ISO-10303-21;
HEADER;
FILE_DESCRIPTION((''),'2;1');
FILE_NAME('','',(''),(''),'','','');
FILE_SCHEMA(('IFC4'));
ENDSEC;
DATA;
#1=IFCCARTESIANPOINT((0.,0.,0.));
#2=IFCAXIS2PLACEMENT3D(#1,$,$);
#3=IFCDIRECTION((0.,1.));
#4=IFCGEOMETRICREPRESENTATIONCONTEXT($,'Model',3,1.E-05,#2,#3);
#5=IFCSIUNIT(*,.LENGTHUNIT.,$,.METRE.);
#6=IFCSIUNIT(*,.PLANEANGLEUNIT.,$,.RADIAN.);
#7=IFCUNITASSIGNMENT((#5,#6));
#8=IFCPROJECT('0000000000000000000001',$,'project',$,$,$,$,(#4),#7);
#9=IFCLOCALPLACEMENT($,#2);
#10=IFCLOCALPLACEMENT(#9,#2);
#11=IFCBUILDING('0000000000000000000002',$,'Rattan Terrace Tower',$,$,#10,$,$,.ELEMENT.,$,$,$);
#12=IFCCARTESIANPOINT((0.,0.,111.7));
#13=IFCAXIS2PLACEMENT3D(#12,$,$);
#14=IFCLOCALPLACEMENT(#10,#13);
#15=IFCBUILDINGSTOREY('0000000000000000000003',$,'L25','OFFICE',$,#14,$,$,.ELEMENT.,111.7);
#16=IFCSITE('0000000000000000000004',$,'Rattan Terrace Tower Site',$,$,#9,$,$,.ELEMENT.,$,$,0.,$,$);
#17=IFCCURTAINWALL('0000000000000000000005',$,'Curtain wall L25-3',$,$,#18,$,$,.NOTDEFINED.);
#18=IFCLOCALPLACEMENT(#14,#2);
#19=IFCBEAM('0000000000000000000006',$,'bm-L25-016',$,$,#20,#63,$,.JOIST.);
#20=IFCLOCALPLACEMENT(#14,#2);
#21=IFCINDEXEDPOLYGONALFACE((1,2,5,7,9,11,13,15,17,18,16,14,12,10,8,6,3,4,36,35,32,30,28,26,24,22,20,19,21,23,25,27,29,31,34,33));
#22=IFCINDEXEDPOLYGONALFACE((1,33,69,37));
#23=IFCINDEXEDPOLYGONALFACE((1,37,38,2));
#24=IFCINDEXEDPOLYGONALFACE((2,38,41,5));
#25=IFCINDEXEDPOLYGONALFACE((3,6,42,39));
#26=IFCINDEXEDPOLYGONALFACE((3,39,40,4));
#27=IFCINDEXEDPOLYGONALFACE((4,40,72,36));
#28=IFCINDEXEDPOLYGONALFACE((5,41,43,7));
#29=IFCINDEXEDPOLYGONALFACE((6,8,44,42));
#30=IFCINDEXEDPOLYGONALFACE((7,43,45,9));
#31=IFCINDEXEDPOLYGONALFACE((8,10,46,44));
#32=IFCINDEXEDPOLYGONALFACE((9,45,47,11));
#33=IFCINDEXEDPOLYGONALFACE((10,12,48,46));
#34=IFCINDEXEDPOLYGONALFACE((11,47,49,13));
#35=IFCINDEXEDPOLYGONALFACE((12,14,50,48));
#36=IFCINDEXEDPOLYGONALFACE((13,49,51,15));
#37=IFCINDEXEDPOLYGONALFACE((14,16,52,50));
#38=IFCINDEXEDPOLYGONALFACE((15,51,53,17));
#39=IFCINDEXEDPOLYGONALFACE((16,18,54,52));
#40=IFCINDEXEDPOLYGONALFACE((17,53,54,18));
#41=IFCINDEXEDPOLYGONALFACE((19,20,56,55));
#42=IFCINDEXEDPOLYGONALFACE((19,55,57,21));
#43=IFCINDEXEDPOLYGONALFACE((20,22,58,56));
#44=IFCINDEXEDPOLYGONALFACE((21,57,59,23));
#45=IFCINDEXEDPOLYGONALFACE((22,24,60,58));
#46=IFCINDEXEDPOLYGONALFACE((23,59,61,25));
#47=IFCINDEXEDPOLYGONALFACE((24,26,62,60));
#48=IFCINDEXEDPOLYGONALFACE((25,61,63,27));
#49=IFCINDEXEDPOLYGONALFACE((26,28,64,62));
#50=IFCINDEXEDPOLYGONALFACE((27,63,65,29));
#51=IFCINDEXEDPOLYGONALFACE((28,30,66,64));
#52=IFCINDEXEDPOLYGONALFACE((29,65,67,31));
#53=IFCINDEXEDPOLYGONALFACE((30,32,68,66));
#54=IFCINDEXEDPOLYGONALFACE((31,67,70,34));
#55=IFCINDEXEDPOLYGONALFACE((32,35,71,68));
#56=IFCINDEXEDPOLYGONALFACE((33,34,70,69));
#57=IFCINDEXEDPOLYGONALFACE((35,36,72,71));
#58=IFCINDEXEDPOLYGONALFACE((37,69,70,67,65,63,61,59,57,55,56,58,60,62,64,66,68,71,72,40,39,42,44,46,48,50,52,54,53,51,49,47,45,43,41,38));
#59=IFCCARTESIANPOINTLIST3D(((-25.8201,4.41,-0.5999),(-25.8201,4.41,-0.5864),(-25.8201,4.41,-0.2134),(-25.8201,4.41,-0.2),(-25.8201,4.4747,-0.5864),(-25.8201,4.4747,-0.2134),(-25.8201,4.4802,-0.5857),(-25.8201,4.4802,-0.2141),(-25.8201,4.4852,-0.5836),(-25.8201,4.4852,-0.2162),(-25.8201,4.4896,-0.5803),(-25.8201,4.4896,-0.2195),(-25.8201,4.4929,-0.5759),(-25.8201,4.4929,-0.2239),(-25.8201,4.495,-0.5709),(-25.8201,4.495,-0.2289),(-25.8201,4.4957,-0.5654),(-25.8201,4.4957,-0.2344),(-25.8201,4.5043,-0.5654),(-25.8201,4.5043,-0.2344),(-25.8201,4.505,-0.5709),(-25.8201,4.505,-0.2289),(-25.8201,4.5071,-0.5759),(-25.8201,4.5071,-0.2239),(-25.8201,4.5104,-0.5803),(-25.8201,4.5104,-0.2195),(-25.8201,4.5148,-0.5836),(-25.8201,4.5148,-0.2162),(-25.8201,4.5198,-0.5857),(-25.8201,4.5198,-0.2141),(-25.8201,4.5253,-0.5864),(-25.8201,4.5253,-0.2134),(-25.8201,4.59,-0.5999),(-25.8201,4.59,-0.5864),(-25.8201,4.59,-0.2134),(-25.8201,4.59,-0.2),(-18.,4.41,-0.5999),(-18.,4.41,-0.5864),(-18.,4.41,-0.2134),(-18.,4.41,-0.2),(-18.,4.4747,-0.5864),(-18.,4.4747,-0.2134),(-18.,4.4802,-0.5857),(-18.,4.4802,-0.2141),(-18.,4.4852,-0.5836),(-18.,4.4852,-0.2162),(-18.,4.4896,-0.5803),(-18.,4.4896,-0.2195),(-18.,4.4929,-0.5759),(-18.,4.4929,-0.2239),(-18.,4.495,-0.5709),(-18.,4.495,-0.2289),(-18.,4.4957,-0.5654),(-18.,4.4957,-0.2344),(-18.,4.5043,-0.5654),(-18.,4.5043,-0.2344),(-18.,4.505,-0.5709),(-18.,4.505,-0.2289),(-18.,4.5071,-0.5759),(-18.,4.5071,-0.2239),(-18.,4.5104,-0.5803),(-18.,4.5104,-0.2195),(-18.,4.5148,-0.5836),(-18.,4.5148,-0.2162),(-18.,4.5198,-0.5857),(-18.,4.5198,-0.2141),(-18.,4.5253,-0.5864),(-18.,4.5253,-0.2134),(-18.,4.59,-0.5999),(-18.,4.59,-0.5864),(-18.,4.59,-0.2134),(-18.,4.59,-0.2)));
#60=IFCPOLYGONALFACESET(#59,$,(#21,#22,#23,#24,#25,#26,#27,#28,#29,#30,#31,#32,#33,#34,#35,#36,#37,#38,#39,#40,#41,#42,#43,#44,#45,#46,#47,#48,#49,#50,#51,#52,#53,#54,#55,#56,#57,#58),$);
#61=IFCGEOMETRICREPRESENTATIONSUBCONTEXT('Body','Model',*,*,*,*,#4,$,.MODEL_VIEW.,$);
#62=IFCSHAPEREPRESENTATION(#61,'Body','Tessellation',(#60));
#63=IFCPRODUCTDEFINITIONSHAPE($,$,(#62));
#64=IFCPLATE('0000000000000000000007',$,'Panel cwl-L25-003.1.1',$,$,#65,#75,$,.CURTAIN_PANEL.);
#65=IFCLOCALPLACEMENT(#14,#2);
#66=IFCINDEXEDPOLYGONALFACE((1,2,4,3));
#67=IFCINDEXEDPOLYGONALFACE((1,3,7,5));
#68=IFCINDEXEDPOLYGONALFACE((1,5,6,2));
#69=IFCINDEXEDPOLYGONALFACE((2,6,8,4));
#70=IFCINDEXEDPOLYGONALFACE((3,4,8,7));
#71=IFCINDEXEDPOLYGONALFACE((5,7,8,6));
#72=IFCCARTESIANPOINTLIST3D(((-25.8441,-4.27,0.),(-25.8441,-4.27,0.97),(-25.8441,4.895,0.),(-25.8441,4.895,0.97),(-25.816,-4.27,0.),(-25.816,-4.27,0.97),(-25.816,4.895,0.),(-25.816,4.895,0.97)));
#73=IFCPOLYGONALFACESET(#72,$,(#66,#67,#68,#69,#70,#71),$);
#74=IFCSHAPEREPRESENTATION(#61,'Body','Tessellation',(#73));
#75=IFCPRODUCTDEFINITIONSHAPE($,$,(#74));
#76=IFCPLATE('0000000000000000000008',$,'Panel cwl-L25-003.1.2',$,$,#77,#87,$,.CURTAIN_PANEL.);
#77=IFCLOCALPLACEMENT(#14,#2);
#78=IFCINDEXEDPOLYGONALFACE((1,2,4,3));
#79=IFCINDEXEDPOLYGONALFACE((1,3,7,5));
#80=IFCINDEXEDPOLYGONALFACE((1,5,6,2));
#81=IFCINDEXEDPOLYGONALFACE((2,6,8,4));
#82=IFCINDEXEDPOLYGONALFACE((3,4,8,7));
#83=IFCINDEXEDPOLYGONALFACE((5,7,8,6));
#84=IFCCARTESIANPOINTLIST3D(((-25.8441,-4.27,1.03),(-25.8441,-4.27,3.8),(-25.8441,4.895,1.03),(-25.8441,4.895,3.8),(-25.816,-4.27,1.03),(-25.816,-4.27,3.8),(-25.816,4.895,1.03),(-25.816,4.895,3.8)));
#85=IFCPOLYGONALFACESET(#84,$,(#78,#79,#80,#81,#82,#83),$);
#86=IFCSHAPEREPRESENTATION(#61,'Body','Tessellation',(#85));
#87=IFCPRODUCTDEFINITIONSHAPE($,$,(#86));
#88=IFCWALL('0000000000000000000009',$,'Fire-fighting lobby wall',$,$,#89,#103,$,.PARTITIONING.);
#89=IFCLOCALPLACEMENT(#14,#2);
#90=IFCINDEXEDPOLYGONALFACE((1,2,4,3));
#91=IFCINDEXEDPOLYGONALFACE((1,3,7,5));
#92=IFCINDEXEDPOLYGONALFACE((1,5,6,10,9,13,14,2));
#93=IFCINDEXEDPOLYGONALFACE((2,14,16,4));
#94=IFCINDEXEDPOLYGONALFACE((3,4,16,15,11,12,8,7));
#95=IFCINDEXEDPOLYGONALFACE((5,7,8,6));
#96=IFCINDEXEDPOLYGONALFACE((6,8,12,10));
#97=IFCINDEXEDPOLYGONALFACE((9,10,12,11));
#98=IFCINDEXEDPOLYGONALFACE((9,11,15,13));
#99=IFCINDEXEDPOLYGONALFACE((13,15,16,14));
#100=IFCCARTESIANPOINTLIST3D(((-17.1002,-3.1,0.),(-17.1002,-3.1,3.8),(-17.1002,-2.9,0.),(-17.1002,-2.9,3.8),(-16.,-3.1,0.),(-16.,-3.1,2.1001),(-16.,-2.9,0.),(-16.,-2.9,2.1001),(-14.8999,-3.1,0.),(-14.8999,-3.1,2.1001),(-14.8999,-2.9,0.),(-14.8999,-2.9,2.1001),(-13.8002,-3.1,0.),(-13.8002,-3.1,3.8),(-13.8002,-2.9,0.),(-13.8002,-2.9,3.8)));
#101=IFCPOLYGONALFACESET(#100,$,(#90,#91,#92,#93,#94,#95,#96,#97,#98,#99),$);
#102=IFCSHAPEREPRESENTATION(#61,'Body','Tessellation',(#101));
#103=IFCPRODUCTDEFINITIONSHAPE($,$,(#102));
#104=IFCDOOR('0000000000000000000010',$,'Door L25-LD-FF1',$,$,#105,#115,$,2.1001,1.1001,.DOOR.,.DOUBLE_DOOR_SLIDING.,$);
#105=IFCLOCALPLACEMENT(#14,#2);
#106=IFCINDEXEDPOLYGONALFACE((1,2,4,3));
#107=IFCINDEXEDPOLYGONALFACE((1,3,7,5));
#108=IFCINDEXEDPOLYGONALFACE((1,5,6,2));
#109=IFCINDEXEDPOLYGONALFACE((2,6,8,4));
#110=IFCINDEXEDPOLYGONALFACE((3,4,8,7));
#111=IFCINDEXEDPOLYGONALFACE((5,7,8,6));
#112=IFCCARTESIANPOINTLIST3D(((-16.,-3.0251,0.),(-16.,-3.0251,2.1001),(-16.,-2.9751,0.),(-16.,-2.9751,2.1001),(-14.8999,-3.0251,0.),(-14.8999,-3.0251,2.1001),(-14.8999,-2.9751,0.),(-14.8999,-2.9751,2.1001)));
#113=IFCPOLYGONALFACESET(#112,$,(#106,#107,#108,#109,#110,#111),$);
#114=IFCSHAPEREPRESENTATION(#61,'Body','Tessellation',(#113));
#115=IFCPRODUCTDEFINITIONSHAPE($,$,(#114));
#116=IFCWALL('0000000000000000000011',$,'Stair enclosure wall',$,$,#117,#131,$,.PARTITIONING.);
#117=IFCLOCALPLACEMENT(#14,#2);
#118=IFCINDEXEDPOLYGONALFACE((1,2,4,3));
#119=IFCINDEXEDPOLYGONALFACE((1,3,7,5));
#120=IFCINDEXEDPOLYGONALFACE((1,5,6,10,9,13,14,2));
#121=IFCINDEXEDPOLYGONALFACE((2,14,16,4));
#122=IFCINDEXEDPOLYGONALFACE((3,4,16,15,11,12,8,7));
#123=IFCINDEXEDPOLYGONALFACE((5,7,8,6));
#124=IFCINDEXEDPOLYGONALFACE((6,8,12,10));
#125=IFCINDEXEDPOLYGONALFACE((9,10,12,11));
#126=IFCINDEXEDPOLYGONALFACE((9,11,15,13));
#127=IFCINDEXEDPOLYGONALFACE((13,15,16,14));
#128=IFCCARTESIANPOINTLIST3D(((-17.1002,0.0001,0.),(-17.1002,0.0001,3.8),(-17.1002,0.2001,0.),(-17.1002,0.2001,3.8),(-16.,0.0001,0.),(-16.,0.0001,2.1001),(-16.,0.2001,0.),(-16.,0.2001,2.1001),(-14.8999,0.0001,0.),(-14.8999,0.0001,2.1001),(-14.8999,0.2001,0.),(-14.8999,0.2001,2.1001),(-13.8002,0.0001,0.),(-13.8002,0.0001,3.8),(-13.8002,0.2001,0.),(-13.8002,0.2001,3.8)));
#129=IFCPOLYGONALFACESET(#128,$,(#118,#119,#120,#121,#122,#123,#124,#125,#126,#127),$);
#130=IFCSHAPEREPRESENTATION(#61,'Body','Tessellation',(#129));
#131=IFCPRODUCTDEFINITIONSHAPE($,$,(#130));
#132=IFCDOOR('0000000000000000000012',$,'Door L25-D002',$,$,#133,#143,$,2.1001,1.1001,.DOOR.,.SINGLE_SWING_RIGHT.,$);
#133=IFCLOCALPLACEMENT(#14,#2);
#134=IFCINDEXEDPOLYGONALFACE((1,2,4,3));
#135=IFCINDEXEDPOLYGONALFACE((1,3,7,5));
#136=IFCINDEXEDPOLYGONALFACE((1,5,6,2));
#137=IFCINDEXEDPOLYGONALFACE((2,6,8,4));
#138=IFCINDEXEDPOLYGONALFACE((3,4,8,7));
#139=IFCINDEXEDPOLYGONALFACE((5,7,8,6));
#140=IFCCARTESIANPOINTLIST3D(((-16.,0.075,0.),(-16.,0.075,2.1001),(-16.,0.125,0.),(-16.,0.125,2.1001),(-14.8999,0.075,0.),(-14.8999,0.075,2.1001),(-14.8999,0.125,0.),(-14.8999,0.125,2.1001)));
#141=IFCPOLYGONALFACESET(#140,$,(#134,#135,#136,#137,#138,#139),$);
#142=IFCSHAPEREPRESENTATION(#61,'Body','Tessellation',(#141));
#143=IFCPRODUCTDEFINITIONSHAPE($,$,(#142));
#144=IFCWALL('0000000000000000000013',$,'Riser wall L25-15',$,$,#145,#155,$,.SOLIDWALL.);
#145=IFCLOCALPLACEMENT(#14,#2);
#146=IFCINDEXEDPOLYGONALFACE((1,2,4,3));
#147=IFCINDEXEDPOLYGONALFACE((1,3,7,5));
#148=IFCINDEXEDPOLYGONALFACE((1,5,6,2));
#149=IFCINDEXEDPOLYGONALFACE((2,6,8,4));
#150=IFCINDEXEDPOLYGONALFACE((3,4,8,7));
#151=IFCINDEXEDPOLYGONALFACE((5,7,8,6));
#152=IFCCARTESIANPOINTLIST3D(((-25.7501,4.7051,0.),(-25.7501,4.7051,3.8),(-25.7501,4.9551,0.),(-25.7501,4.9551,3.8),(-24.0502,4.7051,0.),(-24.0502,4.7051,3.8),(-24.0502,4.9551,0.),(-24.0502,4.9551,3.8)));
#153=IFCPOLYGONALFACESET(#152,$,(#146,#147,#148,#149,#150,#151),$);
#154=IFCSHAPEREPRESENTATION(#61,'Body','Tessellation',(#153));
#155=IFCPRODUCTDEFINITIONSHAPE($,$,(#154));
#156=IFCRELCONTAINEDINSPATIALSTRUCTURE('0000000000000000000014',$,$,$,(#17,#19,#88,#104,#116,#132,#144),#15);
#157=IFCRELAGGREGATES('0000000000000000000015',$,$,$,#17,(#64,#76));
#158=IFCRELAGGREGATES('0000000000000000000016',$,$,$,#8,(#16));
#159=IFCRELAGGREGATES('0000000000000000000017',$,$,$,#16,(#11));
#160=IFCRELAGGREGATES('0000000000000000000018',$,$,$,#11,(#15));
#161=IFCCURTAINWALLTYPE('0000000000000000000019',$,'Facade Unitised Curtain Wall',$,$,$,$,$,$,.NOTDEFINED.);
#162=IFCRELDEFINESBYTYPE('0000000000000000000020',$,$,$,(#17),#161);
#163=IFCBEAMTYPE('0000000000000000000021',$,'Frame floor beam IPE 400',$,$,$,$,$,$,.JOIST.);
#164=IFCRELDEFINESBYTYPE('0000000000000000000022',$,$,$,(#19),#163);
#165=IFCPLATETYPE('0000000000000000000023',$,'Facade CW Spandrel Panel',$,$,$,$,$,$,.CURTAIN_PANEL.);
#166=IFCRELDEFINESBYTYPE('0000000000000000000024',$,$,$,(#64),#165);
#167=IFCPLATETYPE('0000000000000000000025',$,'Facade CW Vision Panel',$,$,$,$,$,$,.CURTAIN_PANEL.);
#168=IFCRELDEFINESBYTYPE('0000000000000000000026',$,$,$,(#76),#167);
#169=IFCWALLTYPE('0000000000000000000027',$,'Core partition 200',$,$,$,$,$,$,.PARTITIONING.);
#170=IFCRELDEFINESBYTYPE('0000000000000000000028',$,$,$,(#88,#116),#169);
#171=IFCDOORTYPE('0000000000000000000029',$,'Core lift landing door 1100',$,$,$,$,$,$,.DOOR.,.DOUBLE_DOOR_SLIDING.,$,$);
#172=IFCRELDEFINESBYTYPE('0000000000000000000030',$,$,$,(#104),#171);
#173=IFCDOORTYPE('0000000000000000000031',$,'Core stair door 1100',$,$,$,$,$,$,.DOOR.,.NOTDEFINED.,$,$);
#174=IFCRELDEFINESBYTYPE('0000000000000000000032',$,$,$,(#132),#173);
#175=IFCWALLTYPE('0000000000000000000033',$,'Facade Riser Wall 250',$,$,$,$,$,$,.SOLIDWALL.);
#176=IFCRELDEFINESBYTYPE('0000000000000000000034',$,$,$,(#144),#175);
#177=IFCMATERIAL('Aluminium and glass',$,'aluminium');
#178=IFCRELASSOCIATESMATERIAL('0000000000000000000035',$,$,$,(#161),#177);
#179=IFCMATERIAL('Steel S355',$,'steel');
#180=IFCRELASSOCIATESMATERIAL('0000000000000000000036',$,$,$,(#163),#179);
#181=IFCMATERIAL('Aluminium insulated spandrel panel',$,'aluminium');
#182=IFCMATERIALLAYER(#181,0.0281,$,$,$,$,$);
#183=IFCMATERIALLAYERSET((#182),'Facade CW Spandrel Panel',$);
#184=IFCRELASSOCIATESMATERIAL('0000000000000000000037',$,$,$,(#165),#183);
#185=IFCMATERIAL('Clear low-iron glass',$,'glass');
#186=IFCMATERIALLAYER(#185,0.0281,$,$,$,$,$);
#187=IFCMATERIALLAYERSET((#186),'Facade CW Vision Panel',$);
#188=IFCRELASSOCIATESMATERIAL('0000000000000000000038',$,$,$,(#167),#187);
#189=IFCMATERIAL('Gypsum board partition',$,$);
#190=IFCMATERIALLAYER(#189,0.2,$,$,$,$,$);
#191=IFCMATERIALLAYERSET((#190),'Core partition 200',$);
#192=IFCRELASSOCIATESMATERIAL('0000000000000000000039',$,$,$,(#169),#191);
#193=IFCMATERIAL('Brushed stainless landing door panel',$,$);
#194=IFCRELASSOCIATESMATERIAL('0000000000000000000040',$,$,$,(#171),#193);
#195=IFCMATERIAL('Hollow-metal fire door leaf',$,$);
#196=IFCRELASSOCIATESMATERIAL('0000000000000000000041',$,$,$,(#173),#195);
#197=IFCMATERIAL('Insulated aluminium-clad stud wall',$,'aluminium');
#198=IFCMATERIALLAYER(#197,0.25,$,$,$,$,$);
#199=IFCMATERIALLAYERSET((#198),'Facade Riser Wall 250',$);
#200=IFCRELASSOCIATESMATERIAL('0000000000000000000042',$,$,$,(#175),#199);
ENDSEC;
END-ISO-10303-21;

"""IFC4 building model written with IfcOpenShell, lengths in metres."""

from ifc_helpers import new_model, si_unit, direction, frame, frame_2d, origin, origin_2d, place, context, subcontext, project, spatial, rectangle, i_section, extrude, material, layer, layer_set, material_profile, profile_set, type_object, element, fill, aggregate, save


model = new_model("IFC4")

# Units and contexts
model_context = context("Model", 3, precision=1e-05, world=origin(), true_north=direction((0.0, 1.0)))
body_context = subcontext(model_context, "Body", "Model", "MODEL_VIEW")
ifc_project = project(units=[si_unit("LENGTHUNIT", "METRE"), si_unit("PLANEANGLEUNIT", "RADIAN")], contexts=[model_context])

# Site, building, storey
site_placement = place(None, origin())
site = spatial("IfcSite", under=ifc_project, at=site_placement, Name="Rattan Terrace Tower Site", CompositionType="ELEMENT", RefElevation=0.0)
building_placement = place(site_placement, origin())
building = spatial("IfcBuilding", under=site, at=building_placement, Name="Rattan Terrace Tower", CompositionType="ELEMENT")
storey_placement = place(building_placement, frame((0.0, 0.0, 111.7)))
storey = spatial("IfcBuildingStorey", under=building, at=storey_placement, Name="L25", Description="OFFICE", CompositionType="ELEMENT", Elevation=111.7)

# Curtain wall
ifc_material_1 = material(Name="Aluminium and glass", Category="aluminium")
curtain_wall_type = type_object("IfcCurtainWallType", Name="Facade Unitised Curtain Wall", PredefinedType="NOTDEFINED", material=ifc_material_1)
curtain_wall_placement = place(storey_placement, origin())
curtain_wall = element("IfcCurtainWall", 1, at=curtain_wall_placement, inside=storey, type_object=curtain_wall_type, Name="Curtain wall L25-3", PredefinedType="NOTDEFINED")

# Beam
ifc_material_2 = material(Name="Steel S355", Category="steel")
ifc_material_profile_1 = material_profile(ifc_material_2, i_section(OverallWidth=0.1799, OverallDepth=0.3999, WebThickness=0.0085, FlangeThickness=0.0134, FilletRadius=0.021, at=origin_2d()), Name="IPE 400")
ifc_profile_set_1 = profile_set([ifc_material_profile_1], Name="Steel S355")
beam_type_1 = type_object("IfcBeamType", Name="Frame floor beam IPE 400", PredefinedType="JOIST", material=ifc_profile_set_1)
for number, where, z_axis, x_axis, name in (
    (2, (-25.8201, 4.5, -0.3999), (1.0, 0.0, 0.0), (0.0, 1.0, 0.0), "bm-L25-016"),
):
    element("IfcBeam", number, at=place(storey_placement, frame(where, z_axis=z_axis, x_axis=x_axis)), inside=storey, type_object=beam_type_1, Name=name, PredefinedType="JOIST", context=body_context, shape_type="SweptSolid", body=[
        extrude(i_section(OverallWidth=0.1799, OverallDepth=0.3999, WebThickness=0.0085, FlangeThickness=0.0134, FilletRadius=0.021, at=origin_2d()), origin(), (0.0, 0.0, 1.0), 7.8201),
    ])

# Plates
ifc_material_3 = material(Name="Aluminium insulated spandrel panel", Category="aluminium")
ifc_layer_1 = layer(ifc_material_3, 0.0281)
ifc_layer_set_1 = layer_set([ifc_layer_1], Name="Facade CW Spandrel Panel")
plate_type_1 = type_object("IfcPlateType", Name="Facade CW Spandrel Panel", PredefinedType="CURTAIN_PANEL", material=ifc_layer_set_1)
plate_1_placement = place(storey_placement, frame((-25.8301, 0.3125, 0.0), z_axis=(0.0, 0.0, 1.0), x_axis=(0.0, -1.0, 0.0)))
plate_1 = element("IfcPlate", 3, at=plate_1_placement, type_object=plate_type_1, Name="Panel cwl-L25-003.1.1", PredefinedType="CURTAIN_PANEL", context=body_context, shape_type="SweptSolid", body=[
    extrude(rectangle(XDim=9.165, YDim=0.0281, at=origin_2d()), origin(), (0.0, 0.0, 1.0), 0.97),
])
ifc_material_4 = material(Name="Clear low-iron glass", Category="glass")
ifc_layer_2 = layer(ifc_material_4, 0.0281)
ifc_layer_set_2 = layer_set([ifc_layer_2], Name="Facade CW Vision Panel")
plate_type_2 = type_object("IfcPlateType", Name="Facade CW Vision Panel", PredefinedType="CURTAIN_PANEL", material=ifc_layer_set_2)
plate_2_placement = place(storey_placement, frame((-25.8301, 0.3125, 1.03), z_axis=(0.0, 0.0, 1.0), x_axis=(0.0, -1.0, 0.0)))
plate_2 = element("IfcPlate", 4, at=plate_2_placement, type_object=plate_type_2, Name="Panel cwl-L25-003.1.2", PredefinedType="CURTAIN_PANEL", context=body_context, shape_type="SweptSolid", body=[
    extrude(rectangle(XDim=9.165, YDim=0.0281, at=origin_2d()), origin(), (0.0, 0.0, 1.0), 2.77),
])
aggregate(curtain_wall, [plate_1, plate_2])

# Walls, openings, doors
ifc_material_5 = material(Name="Gypsum board partition")
ifc_layer_3 = layer(ifc_material_5, 0.2)
ifc_layer_set_3 = layer_set([ifc_layer_3], Name="Core partition 200")
wall_type_1 = type_object("IfcWallType", Name="Core partition 200", PredefinedType="PARTITIONING", material=ifc_layer_set_3)
wall_1_placement = place(storey_placement, frame((-17.1001, -3.0, 0.0), z_axis=(0.0, 0.0, 1.0), x_axis=(1.0, 0.0, 0.0)))
wall_1 = element("IfcWall", 5, at=wall_1_placement, inside=storey, type_object=wall_type_1, Name="Fire-fighting lobby wall", PredefinedType="PARTITIONING", context=body_context, shape_type="SweptSolid", body=[
    extrude(rectangle(XDim=3.3, YDim=0.2, at=frame_2d((1.6499, 0.0))), origin(), (0.0, 0.0, 1.0), 3.8),
])
opening_1_placement = place(wall_1_placement, frame((1.1001, 0.0, 0.0)))
opening_1 = element("IfcOpeningElement", 6, at=opening_1_placement, cuts=wall_1, PredefinedType="OPENING", context=body_context, shape_type="SweptSolid", body=[
    extrude(rectangle(XDim=1.1001, YDim=2.1001, at=frame_2d((0.55, 1.05))), frame((0.0, 0.1106, 0.0), z_axis=(0.0, -1.0, 0.0), x_axis=(1.0, 0.0, 0.0)), (0.0, 0.0, 1.0), 0.2209),
])
ifc_material_6 = material(Name="Brushed stainless landing door panel")
door_type_1 = type_object("IfcDoorType", Name="Core lift landing door 1100", OperationType="DOUBLE_DOOR_SLIDING", PredefinedType="DOOR", material=ifc_material_6)
door_1_placement = place(opening_1_placement, origin())
door_1 = element("IfcDoor", 7, at=door_1_placement, inside=storey, type_object=door_type_1, Name="Door L25-LD-FF1", OperationType="DOUBLE_DOOR_SLIDING", OverallHeight=2.1001, OverallWidth=1.1001, PredefinedType="DOOR", context=body_context, shape_type="SweptSolid", body=[
    extrude(rectangle(XDim=1.1001, YDim=2.1001, at=frame_2d((0.55, 1.05))), frame((0.0, 0.0249, 0.0), z_axis=(0.0, -1.0, 0.0), x_axis=(1.0, 0.0, 0.0)), (0.0, 0.0, 1.0), 0.05),
])
fill(opening_1, door_1)
wall_2_placement = place(storey_placement, frame((-17.1001, 0.1001, 0.0), z_axis=(0.0, 0.0, 1.0), x_axis=(1.0, 0.0, 0.0)))
wall_2 = element("IfcWall", 8, at=wall_2_placement, inside=storey, type_object=wall_type_1, Name="Stair enclosure wall", PredefinedType="PARTITIONING", context=body_context, shape_type="SweptSolid", body=[
    extrude(rectangle(XDim=3.3, YDim=0.2, at=frame_2d((1.6499, 0.0))), origin(), (0.0, 0.0, 1.0), 3.8),
])
opening_2_placement = place(wall_2_placement, frame((1.1001, 0.0, 0.0)))
opening_2 = element("IfcOpeningElement", 9, at=opening_2_placement, cuts=wall_2, PredefinedType="OPENING", context=body_context, shape_type="SweptSolid", body=[
    extrude(rectangle(XDim=1.1001, YDim=2.1001, at=frame_2d((0.55, 1.05))), frame((0.0, 0.1106, 0.0), z_axis=(0.0, -1.0, 0.0), x_axis=(1.0, 0.0, 0.0)), (0.0, 0.0, 1.0), 0.2209),
])
ifc_material_7 = material(Name="Hollow-metal fire door leaf")
door_type_2 = type_object("IfcDoorType", Name="Core stair door 1100", OperationType="NOTDEFINED", PredefinedType="DOOR", material=ifc_material_7)
door_2_placement = place(opening_2_placement, origin())
door_2 = element("IfcDoor", 10, at=door_2_placement, inside=storey, type_object=door_type_2, Name="Door L25-D002", OperationType="SINGLE_SWING_RIGHT", OverallHeight=2.1001, OverallWidth=1.1001, PredefinedType="DOOR", context=body_context, shape_type="SweptSolid", body=[
    extrude(rectangle(XDim=1.1001, YDim=2.1001, at=frame_2d((0.55, 1.05))), frame((0.0, 0.0249, 0.0), z_axis=(0.0, -1.0, 0.0), x_axis=(1.0, 0.0, 0.0)), (0.0, 0.0, 1.0), 0.05),
])
fill(opening_2, door_2)

# Wall
ifc_material_8 = material(Name="Insulated aluminium-clad stud wall", Category="aluminium")
ifc_layer_4 = layer(ifc_material_8, 0.25)
ifc_layer_set_4 = layer_set([ifc_layer_4], Name="Facade Riser Wall 250")
wall_type_2 = type_object("IfcWallType", Name="Facade Riser Wall 250", PredefinedType="SOLIDWALL", material=ifc_layer_set_4)
wall_3_placement = place(storey_placement, frame((-24.05, 4.8301, 0.0), z_axis=(0.0, 0.0, 1.0), x_axis=(-1.0, 0.0, 0.0)))
element("IfcWall", 11, at=wall_3_placement, inside=storey, type_object=wall_type_2, Name="Riser wall L25-15", PredefinedType="SOLIDWALL", context=body_context, shape_type="SweptSolid", body=[
    extrude(rectangle(XDim=1.7, YDim=0.25, at=frame_2d((0.8501, 0.0))), origin(), (0.0, 0.0, 1.0), 3.8),
])

save(model, "model.ifc")
